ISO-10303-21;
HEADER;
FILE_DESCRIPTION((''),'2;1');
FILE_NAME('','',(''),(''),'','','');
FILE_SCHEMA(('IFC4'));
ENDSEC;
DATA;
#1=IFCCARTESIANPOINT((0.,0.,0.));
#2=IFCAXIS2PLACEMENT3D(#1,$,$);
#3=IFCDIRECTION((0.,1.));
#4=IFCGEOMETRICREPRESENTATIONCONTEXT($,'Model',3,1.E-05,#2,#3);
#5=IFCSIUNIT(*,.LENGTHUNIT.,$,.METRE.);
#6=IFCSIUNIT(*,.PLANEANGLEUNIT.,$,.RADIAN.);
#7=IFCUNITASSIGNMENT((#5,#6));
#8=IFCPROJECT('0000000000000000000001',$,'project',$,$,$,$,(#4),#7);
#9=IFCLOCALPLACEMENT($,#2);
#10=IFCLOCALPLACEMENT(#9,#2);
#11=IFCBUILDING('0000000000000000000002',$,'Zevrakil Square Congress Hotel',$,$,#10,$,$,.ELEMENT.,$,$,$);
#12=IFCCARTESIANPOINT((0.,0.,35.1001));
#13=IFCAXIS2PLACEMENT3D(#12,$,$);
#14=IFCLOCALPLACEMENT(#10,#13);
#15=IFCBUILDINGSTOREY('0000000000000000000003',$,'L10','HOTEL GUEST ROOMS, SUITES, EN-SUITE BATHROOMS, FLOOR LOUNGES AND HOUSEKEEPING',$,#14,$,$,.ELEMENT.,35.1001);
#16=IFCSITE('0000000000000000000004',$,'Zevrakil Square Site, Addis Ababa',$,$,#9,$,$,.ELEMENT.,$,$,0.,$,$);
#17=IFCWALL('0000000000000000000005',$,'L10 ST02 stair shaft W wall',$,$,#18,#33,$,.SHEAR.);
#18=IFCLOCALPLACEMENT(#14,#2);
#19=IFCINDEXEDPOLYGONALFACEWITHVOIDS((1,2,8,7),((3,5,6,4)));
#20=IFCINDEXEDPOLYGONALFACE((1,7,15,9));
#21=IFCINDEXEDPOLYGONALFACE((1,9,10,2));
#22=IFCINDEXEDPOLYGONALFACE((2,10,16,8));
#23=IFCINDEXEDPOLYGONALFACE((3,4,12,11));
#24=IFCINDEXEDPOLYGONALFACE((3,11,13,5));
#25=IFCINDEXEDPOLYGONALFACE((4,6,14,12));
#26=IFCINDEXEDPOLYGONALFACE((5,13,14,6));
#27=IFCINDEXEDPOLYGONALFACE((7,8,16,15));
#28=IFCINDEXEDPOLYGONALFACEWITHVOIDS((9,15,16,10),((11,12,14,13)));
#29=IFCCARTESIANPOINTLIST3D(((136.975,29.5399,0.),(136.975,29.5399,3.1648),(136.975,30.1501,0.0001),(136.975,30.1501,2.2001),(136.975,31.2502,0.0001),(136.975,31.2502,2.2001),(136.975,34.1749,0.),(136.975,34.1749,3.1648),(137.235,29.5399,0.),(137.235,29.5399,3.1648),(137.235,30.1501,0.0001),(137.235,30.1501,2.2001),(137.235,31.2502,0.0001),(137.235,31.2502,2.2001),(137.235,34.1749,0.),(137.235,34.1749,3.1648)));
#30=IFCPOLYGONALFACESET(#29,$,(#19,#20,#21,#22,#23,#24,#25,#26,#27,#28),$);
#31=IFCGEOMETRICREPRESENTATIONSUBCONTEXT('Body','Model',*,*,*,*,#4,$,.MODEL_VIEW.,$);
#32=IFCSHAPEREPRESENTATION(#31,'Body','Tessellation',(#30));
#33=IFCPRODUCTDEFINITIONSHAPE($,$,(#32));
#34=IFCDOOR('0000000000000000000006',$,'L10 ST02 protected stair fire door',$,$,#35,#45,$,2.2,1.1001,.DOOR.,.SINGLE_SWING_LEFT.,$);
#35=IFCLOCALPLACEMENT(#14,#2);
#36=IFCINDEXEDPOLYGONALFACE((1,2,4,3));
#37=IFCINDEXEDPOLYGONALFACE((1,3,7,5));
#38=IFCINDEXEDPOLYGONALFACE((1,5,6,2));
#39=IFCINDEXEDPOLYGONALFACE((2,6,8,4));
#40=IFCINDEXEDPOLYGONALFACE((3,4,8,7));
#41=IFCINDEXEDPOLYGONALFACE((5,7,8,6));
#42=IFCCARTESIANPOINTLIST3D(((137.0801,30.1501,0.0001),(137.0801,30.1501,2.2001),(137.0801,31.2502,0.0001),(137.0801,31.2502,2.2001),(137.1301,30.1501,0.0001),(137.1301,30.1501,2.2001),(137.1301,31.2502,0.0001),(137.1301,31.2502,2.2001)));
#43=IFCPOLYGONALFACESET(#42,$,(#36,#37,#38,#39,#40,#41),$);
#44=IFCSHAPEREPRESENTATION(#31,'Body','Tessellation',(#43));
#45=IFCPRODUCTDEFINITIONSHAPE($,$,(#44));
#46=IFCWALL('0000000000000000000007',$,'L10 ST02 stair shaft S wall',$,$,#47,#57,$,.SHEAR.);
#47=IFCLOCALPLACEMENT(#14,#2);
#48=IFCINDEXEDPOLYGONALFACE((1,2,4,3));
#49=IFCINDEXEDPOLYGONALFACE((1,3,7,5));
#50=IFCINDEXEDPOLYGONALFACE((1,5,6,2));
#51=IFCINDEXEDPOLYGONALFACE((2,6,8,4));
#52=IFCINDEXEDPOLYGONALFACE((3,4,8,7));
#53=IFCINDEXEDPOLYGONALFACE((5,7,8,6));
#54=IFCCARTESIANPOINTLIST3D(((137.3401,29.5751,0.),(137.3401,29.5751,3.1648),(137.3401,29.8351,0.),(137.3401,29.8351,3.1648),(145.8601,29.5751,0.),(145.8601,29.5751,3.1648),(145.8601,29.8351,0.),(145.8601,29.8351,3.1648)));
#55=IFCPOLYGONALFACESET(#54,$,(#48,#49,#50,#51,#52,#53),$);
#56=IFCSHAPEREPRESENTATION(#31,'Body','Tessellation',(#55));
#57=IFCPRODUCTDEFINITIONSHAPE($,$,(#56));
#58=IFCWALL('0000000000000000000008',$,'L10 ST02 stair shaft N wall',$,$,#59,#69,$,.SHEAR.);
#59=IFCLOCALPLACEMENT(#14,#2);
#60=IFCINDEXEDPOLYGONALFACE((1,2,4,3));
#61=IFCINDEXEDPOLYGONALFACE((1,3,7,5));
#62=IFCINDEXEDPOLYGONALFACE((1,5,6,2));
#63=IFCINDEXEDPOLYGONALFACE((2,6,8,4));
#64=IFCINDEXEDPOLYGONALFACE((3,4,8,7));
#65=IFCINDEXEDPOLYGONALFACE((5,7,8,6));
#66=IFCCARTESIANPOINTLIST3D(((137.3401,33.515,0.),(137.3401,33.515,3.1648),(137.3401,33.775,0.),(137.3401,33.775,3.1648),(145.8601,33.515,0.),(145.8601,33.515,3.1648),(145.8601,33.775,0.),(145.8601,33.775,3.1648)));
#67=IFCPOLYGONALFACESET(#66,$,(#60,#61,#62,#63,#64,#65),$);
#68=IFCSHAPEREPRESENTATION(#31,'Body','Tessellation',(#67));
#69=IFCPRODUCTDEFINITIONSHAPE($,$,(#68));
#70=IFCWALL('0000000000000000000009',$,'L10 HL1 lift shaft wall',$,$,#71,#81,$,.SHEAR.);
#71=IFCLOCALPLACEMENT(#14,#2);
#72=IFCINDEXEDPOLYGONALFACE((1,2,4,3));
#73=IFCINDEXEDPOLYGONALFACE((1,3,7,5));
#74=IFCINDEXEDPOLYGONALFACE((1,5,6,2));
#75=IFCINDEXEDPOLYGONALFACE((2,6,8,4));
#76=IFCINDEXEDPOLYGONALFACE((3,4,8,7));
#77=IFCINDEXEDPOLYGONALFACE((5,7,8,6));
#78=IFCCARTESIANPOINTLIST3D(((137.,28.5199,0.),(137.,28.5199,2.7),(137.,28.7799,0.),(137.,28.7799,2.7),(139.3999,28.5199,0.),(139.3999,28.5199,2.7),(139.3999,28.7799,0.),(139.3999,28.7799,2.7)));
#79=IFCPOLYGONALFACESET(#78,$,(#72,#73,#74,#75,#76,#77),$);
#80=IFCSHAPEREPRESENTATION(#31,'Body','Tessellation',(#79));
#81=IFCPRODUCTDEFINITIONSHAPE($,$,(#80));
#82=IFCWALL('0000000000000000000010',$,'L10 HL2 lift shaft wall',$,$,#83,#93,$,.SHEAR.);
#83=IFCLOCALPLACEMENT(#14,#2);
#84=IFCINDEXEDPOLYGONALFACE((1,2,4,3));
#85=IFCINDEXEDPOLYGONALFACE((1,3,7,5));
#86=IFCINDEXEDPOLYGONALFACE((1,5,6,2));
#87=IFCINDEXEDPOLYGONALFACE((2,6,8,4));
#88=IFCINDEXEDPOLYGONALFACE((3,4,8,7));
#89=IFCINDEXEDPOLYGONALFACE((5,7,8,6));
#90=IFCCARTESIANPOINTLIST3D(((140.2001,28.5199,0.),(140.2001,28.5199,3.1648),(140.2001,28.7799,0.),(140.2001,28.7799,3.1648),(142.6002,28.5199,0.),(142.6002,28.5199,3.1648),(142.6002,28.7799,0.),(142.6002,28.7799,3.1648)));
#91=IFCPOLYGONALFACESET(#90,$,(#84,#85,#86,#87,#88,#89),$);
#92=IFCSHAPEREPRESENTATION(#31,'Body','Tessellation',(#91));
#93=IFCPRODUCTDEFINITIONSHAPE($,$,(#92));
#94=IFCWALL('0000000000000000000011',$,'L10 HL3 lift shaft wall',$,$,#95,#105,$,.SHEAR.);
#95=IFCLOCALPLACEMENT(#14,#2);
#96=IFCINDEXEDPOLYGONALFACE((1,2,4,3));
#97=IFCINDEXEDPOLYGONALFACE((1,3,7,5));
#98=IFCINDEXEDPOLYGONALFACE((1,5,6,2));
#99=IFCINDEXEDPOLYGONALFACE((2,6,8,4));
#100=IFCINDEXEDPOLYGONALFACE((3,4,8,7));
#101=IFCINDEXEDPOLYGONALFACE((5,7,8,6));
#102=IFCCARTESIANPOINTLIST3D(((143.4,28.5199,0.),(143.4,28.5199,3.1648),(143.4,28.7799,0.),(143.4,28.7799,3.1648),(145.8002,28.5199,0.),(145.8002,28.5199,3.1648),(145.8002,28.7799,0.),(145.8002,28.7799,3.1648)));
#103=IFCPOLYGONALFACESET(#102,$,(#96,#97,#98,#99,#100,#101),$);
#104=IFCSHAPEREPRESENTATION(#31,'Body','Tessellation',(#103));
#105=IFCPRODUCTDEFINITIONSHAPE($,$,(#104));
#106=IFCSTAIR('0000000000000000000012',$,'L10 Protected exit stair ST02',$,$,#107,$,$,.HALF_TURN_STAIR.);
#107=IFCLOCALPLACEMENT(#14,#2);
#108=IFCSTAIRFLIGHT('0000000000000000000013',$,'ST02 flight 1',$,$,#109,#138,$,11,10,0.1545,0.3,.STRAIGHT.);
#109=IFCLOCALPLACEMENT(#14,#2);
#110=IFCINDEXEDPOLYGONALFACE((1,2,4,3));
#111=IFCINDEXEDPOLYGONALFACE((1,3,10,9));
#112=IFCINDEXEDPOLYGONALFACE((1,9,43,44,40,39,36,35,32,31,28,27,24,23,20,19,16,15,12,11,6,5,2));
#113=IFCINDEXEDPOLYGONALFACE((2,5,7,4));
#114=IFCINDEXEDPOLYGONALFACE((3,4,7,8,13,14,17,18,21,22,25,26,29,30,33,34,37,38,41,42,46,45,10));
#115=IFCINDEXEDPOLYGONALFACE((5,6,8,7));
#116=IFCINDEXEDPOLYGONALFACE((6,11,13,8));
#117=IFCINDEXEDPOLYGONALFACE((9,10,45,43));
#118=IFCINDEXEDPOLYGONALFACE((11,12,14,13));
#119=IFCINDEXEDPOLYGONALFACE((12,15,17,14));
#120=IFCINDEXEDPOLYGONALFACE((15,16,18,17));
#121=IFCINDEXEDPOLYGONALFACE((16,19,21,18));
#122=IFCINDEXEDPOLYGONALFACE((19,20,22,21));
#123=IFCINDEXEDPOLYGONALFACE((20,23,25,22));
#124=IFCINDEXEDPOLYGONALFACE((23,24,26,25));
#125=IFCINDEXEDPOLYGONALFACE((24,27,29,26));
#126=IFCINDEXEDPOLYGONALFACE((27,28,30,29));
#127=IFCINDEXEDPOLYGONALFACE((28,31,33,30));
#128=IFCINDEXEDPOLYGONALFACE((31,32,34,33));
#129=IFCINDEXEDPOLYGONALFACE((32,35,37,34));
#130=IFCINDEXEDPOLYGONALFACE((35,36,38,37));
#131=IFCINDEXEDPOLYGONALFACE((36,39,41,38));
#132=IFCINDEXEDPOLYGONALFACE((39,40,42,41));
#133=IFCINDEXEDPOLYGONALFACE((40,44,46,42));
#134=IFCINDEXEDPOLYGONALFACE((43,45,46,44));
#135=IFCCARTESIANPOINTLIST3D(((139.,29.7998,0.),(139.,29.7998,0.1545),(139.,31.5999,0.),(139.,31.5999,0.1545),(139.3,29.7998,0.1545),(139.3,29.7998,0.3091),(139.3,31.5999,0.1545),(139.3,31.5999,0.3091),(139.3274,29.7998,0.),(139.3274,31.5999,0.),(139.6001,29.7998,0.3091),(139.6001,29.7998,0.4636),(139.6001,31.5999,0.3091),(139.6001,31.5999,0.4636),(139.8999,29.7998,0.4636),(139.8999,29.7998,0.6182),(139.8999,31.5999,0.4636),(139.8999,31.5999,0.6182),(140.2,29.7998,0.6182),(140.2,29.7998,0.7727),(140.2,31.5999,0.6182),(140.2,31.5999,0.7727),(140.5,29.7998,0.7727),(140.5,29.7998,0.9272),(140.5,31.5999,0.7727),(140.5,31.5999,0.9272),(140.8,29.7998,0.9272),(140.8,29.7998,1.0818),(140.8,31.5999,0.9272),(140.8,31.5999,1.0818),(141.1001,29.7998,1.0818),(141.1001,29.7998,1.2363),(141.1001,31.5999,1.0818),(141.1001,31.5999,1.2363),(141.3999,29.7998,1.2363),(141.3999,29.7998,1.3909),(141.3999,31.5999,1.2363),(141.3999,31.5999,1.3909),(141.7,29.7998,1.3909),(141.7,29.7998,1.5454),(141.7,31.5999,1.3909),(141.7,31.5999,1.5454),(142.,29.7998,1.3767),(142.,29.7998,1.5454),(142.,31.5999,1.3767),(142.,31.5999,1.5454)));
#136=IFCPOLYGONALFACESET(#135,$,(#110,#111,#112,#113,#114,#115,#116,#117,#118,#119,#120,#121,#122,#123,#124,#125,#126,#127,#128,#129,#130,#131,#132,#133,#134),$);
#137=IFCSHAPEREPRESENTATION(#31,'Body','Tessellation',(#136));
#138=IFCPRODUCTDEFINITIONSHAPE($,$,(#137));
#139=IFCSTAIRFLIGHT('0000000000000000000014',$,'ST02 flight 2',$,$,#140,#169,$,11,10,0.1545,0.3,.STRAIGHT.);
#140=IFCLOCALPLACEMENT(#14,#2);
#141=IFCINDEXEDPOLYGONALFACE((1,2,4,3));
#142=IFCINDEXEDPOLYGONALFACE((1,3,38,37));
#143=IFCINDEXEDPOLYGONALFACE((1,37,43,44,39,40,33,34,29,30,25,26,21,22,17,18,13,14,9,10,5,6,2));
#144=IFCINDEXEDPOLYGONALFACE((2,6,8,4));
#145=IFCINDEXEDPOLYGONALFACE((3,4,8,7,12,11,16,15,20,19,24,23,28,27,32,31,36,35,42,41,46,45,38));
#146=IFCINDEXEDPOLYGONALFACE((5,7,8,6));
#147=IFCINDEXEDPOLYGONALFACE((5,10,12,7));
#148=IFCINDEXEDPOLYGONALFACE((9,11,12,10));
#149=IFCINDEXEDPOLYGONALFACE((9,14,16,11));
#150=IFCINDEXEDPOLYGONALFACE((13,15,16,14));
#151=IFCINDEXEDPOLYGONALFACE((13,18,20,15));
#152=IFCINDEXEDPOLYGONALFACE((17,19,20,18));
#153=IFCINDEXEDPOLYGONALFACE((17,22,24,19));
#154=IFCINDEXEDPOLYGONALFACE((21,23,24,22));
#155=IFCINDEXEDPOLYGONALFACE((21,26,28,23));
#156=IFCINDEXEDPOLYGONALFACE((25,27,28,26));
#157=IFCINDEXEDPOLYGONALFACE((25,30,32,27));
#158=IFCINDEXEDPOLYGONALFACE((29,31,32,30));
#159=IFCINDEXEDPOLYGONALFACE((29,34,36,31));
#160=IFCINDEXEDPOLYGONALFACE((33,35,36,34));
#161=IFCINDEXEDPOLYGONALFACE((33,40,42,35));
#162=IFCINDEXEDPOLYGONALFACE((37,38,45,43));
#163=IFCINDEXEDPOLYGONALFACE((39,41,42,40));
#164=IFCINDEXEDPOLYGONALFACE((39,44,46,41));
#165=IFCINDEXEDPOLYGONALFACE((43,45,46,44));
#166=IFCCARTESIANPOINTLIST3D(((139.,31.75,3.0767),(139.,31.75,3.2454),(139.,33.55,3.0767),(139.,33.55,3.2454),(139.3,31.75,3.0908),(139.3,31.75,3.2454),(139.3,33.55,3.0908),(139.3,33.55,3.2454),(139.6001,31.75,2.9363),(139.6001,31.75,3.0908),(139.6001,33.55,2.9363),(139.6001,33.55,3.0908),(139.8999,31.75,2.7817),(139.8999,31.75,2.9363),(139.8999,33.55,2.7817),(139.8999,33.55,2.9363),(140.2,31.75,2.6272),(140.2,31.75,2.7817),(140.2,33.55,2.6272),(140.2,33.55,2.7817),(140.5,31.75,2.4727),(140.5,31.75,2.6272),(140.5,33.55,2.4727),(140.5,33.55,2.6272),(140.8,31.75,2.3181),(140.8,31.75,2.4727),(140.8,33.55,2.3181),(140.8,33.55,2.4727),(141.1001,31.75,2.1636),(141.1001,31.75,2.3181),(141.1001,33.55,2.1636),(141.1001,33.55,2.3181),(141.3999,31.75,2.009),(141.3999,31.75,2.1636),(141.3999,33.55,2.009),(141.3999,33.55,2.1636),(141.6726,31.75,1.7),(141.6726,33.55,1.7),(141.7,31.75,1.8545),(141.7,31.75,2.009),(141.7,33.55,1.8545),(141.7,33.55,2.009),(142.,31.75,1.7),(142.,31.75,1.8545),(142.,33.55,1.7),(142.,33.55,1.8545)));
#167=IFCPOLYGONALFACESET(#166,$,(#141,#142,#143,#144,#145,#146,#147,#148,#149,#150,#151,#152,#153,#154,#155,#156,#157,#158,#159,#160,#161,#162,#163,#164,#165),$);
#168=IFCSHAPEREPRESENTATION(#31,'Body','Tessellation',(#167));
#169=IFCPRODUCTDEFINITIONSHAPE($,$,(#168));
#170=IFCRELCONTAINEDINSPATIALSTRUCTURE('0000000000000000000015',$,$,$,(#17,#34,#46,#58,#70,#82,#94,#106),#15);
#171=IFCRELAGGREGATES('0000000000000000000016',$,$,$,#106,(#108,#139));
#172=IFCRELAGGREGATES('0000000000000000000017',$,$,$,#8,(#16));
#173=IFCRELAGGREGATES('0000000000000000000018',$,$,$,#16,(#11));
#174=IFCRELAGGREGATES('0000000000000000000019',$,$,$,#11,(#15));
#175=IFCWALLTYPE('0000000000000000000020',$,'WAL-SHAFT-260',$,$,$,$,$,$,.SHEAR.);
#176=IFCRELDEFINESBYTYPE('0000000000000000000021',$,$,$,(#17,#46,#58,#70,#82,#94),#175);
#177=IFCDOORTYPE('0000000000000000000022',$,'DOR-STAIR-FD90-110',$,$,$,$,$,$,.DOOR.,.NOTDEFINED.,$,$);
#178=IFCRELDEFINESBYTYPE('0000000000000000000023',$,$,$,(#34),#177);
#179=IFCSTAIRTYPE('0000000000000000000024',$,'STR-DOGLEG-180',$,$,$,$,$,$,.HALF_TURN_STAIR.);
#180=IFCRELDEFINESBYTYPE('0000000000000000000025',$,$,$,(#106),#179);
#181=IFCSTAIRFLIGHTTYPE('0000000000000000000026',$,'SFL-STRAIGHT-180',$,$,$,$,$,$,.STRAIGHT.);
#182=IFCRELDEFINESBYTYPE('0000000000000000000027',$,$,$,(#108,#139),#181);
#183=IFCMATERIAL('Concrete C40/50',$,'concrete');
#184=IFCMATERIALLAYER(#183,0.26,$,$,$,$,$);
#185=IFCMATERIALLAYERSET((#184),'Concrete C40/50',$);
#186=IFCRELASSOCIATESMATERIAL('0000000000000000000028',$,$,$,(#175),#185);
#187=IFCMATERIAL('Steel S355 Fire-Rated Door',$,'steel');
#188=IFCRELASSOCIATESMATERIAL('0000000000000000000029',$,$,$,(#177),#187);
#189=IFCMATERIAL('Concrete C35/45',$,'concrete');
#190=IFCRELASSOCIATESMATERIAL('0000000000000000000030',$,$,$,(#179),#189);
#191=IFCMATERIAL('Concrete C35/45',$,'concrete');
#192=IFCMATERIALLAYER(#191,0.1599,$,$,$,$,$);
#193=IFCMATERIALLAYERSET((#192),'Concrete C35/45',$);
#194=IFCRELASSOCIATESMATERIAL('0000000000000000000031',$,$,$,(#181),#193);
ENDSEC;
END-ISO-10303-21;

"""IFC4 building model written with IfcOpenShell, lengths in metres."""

from ifc_helpers import new_model, si_unit, direction, frame, frame_2d, origin, place, context, subcontext, project, spatial, polyline, rectangle, outline, extrude, material, layer, layer_set, type_object, element, fill, aggregate, save


model = new_model("IFC4")

# Units and contexts
model_context = context("Model", 3, precision=1e-05, world=origin(), true_north=direction((0.0, 1.0)))
body_context = subcontext(model_context, "Body", "Model", "MODEL_VIEW")
ifc_project = project(units=[si_unit("LENGTHUNIT", "METRE"), si_unit("PLANEANGLEUNIT", "RADIAN")], contexts=[model_context])

# Site, building, storey
site_placement = place(None, origin())
site = spatial("IfcSite", under=ifc_project, at=site_placement, Name="Zevrakil Square Site, Addis Ababa", CompositionType="ELEMENT", RefElevation=0.0)
building_placement = place(site_placement, origin())
building = spatial("IfcBuilding", under=site, at=building_placement, Name="Zevrakil Square Congress Hotel", CompositionType="ELEMENT")
storey_placement = place(building_placement, frame((0.0, 0.0, 35.1001)))
storey = spatial("IfcBuildingStorey", under=building, at=storey_placement, Name="L10", Description="HOTEL GUEST ROOMS, SUITES, EN-SUITE BATHROOMS, FLOOR LOUNGES AND HOUSEKEEPING", CompositionType="ELEMENT", Elevation=35.1001)

# Wall, opening, door
ifc_material_1 = material(Name="Concrete C40/50", Category="concrete")
ifc_layer_1 = layer(ifc_material_1, 0.26)
ifc_layer_set_1 = layer_set([ifc_layer_1], Name="Concrete C40/50")
wall_type_1 = type_object("IfcWallType", Name="WAL-SHAFT-260", PredefinedType="SHEAR", material=ifc_layer_set_1)
wall_1_placement = place(storey_placement, frame((137.105, 29.54, 0.0), z_axis=(0.0, 0.0, 1.0), x_axis=(0.0, 1.0, 0.0)))
wall_1 = element("IfcWall", 1, at=wall_1_placement, inside=storey, type_object=wall_type_1, Name="L10 ST02 stair shaft W wall", PredefinedType="SHEAR", context=body_context, shape_type="SweptSolid", body=[
    extrude(rectangle(XDim=4.635, YDim=0.26, at=frame_2d((2.3174, 0.0))), origin(), (0.0, 0.0, 1.0), 3.1648),
])
opening_1_placement = place(wall_1_placement, frame((0.6101, 0.0, 0.0)))
opening_1 = element("IfcOpeningElement", 2, at=opening_1_placement, cuts=wall_1, PredefinedType="OPENING", context=body_context, shape_type="SweptSolid", body=[
    extrude(rectangle(XDim=1.1001, YDim=2.2, at=frame_2d((0.55, 1.1001))), frame((0.0, 0.1401, 0.0), z_axis=(0.0, -1.0, 0.0), x_axis=(1.0, 0.0, 0.0)), (0.0, 0.0, 1.0), 0.28),
])
ifc_material_2 = material(Name="Steel S355 Fire-Rated Door", Category="steel")
door_type_1 = type_object("IfcDoorType", Name="DOR-STAIR-FD90-110", OperationType="NOTDEFINED", PredefinedType="DOOR", material=ifc_material_2)
door_1_placement = place(opening_1_placement, origin())
door_1 = element("IfcDoor", 3, at=door_1_placement, inside=storey, type_object=door_type_1, Name="L10 ST02 protected stair fire door", OperationType="SINGLE_SWING_LEFT", OverallHeight=2.2, OverallWidth=1.1001, PredefinedType="DOOR", context=body_context, shape_type="SweptSolid", body=[
    extrude(rectangle(XDim=1.1001, YDim=2.2, at=frame_2d((0.55, 1.1001))), frame((0.0, 0.0249, 0.0), z_axis=(0.0, -1.0, 0.0), x_axis=(1.0, 0.0, 0.0)), (0.0, 0.0, 1.0), 0.05),
])
fill(opening_1, door_1)

# Walls
for number, where, z_axis, x_axis, name in (
    (4, (137.3401, 29.7051, 0.0), (0.0, 0.0, 1.0), (1.0, 0.0, 0.0), "L10 ST02 stair shaft S wall"),
    (5, (137.3401, 33.645, 0.0), (0.0, 0.0, 1.0), (1.0, 0.0, 0.0), "L10 ST02 stair shaft N wall"),
):
    element("IfcWall", number, at=place(storey_placement, frame(where, z_axis=z_axis, x_axis=x_axis)), inside=storey, type_object=wall_type_1, Name=name, PredefinedType="SHEAR", context=body_context, shape_type="SweptSolid", body=[
        extrude(rectangle(XDim=8.52, YDim=0.26, at=frame_2d((4.26, 0.0))), origin(), (0.0, 0.0, 1.0), 3.1648),
    ])
wall_2_placement = place(storey_placement, frame((137.0, 28.6499, 0.0), z_axis=(0.0, 0.0, 1.0), x_axis=(1.0, 0.0, 0.0)))
element("IfcWall", 6, at=wall_2_placement, inside=storey, type_object=wall_type_1, Name="L10 HL1 lift shaft wall", PredefinedType="SHEAR", context=body_context, shape_type="SweptSolid", body=[
    extrude(rectangle(XDim=2.3999, YDim=0.26, at=frame_2d((1.2, 0.0))), origin(), (0.0, 0.0, 1.0), 2.7),
])
for number, where, z_axis, x_axis, name in (
    (7, (140.2, 28.6499, 0.0), (0.0, 0.0, 1.0), (1.0, 0.0, 0.0), "L10 HL2 lift shaft wall"),
    (8, (143.3999, 28.6499, 0.0), (0.0, 0.0, 1.0), (1.0, 0.0, 0.0), "L10 HL3 lift shaft wall"),
):
    element("IfcWall", number, at=place(storey_placement, frame(where, z_axis=z_axis, x_axis=x_axis)), inside=storey, type_object=wall_type_1, Name=name, PredefinedType="SHEAR", context=body_context, shape_type="SweptSolid", body=[
        extrude(rectangle(XDim=2.4001, YDim=0.26, at=frame_2d((1.2002, 0.0))), origin(), (0.0, 0.0, 1.0), 3.1648),
    ])

# Stair, stair flights
ifc_material_3 = material(Name="Concrete C35/45", Category="concrete")
stair_type = type_object("IfcStairType", Name="STR-DOGLEG-180", PredefinedType="HALF_TURN_STAIR", material=ifc_material_3)
stair_placement = place(storey_placement, origin())
stair = element("IfcStair", 9, at=stair_placement, inside=storey, type_object=stair_type, Name="L10 Protected exit stair ST02", PredefinedType="HALF_TURN_STAIR")
ifc_material_4 = material(Name="Concrete C35/45", Category="concrete")
ifc_layer_2 = layer(ifc_material_4, 0.1599)
ifc_layer_set_2 = layer_set([ifc_layer_2], Name="Concrete C35/45")
stair_flight_type = type_object("IfcStairFlightType", Name="SFL-STRAIGHT-180", PredefinedType="STRAIGHT", material=ifc_layer_set_2)
stair_flight_1_placement = place(storey_placement, frame((139.0, 30.7, 0.0), z_axis=(0.0, 0.0, 1.0), x_axis=(1.0, 0.0, 0.0)))
stair_flight_1 = element("IfcStairFlight", 10, at=stair_flight_1_placement, type_object=stair_flight_type, Name="ST02 flight 1", NumberOfRisers=11, NumberOfTreads=10, PredefinedType="STRAIGHT", RiserHeight=0.1545, TreadLength=0.3, context=body_context, shape_type="SweptSolid", body=[
    extrude(outline(polyline([(0.0, 0.0), (0.0, 0.1545), (0.3, 0.1545), (0.3, 0.3091), (0.6001, 0.3091), (0.6001, 0.4636), (0.8999, 0.4636), (0.8999, 0.6182), (1.2, 0.6182), (1.2, 0.7727), (1.5, 0.7727), (1.5, 0.9272), (1.8, 0.9272), (1.8, 1.0818), (2.1001, 1.0818), (2.1001, 1.2363), (2.3999, 1.2363), (2.3999, 1.3909), (2.7, 1.3909), (2.7, 1.5454), (3.0, 1.5454), (3.0, 1.7), (3.0, 1.3767), (0.3274, 0.0), (0.0, 0.0)])), frame((0.0, 0.8999, 0.0), z_axis=(0.0, -1.0, 0.0), x_axis=(1.0, 0.0, 0.0)), (0.0, 0.0, 1.0), 1.8),
])
stair_flight_2_placement = place(storey_placement, frame((142.0, 32.6499, 1.7), z_axis=(0.0, 0.0, 1.0), x_axis=(-1.0, 0.0, 0.0)))
stair_flight_2 = element("IfcStairFlight", 11, at=stair_flight_2_placement, type_object=stair_flight_type, Name="ST02 flight 2", NumberOfRisers=11, NumberOfTreads=10, PredefinedType="STRAIGHT", RiserHeight=0.1545, TreadLength=0.3, context=body_context, shape_type="SweptSolid", body=[
    extrude(outline(polyline([(0.0, 0.0), (0.0, 0.1545), (0.3, 0.1545), (0.3, 0.3091), (0.6001, 0.3091), (0.6001, 0.4636), (0.8999, 0.4636), (0.8999, 0.6182), (1.2, 0.6182), (1.2, 0.7727), (1.5, 0.7727), (1.5, 0.9272), (1.8, 0.9272), (1.8, 1.0818), (2.1001, 1.0818), (2.1001, 1.2363), (2.3999, 1.2363), (2.3999, 1.3909), (2.7, 1.3909), (2.7, 1.5454), (3.0, 1.5454), (3.0, 1.7), (3.0, 1.3767), (0.3274, 0.0), (0.0, 0.0)])), frame((0.0, 0.8999, 0.0), z_axis=(0.0, -1.0, 0.0), x_axis=(1.0, 0.0, 0.0)), (0.0, 0.0, 1.0), 1.8),
])
aggregate(stair, [stair_flight_1, stair_flight_2])

save(model, "model.ifc")
